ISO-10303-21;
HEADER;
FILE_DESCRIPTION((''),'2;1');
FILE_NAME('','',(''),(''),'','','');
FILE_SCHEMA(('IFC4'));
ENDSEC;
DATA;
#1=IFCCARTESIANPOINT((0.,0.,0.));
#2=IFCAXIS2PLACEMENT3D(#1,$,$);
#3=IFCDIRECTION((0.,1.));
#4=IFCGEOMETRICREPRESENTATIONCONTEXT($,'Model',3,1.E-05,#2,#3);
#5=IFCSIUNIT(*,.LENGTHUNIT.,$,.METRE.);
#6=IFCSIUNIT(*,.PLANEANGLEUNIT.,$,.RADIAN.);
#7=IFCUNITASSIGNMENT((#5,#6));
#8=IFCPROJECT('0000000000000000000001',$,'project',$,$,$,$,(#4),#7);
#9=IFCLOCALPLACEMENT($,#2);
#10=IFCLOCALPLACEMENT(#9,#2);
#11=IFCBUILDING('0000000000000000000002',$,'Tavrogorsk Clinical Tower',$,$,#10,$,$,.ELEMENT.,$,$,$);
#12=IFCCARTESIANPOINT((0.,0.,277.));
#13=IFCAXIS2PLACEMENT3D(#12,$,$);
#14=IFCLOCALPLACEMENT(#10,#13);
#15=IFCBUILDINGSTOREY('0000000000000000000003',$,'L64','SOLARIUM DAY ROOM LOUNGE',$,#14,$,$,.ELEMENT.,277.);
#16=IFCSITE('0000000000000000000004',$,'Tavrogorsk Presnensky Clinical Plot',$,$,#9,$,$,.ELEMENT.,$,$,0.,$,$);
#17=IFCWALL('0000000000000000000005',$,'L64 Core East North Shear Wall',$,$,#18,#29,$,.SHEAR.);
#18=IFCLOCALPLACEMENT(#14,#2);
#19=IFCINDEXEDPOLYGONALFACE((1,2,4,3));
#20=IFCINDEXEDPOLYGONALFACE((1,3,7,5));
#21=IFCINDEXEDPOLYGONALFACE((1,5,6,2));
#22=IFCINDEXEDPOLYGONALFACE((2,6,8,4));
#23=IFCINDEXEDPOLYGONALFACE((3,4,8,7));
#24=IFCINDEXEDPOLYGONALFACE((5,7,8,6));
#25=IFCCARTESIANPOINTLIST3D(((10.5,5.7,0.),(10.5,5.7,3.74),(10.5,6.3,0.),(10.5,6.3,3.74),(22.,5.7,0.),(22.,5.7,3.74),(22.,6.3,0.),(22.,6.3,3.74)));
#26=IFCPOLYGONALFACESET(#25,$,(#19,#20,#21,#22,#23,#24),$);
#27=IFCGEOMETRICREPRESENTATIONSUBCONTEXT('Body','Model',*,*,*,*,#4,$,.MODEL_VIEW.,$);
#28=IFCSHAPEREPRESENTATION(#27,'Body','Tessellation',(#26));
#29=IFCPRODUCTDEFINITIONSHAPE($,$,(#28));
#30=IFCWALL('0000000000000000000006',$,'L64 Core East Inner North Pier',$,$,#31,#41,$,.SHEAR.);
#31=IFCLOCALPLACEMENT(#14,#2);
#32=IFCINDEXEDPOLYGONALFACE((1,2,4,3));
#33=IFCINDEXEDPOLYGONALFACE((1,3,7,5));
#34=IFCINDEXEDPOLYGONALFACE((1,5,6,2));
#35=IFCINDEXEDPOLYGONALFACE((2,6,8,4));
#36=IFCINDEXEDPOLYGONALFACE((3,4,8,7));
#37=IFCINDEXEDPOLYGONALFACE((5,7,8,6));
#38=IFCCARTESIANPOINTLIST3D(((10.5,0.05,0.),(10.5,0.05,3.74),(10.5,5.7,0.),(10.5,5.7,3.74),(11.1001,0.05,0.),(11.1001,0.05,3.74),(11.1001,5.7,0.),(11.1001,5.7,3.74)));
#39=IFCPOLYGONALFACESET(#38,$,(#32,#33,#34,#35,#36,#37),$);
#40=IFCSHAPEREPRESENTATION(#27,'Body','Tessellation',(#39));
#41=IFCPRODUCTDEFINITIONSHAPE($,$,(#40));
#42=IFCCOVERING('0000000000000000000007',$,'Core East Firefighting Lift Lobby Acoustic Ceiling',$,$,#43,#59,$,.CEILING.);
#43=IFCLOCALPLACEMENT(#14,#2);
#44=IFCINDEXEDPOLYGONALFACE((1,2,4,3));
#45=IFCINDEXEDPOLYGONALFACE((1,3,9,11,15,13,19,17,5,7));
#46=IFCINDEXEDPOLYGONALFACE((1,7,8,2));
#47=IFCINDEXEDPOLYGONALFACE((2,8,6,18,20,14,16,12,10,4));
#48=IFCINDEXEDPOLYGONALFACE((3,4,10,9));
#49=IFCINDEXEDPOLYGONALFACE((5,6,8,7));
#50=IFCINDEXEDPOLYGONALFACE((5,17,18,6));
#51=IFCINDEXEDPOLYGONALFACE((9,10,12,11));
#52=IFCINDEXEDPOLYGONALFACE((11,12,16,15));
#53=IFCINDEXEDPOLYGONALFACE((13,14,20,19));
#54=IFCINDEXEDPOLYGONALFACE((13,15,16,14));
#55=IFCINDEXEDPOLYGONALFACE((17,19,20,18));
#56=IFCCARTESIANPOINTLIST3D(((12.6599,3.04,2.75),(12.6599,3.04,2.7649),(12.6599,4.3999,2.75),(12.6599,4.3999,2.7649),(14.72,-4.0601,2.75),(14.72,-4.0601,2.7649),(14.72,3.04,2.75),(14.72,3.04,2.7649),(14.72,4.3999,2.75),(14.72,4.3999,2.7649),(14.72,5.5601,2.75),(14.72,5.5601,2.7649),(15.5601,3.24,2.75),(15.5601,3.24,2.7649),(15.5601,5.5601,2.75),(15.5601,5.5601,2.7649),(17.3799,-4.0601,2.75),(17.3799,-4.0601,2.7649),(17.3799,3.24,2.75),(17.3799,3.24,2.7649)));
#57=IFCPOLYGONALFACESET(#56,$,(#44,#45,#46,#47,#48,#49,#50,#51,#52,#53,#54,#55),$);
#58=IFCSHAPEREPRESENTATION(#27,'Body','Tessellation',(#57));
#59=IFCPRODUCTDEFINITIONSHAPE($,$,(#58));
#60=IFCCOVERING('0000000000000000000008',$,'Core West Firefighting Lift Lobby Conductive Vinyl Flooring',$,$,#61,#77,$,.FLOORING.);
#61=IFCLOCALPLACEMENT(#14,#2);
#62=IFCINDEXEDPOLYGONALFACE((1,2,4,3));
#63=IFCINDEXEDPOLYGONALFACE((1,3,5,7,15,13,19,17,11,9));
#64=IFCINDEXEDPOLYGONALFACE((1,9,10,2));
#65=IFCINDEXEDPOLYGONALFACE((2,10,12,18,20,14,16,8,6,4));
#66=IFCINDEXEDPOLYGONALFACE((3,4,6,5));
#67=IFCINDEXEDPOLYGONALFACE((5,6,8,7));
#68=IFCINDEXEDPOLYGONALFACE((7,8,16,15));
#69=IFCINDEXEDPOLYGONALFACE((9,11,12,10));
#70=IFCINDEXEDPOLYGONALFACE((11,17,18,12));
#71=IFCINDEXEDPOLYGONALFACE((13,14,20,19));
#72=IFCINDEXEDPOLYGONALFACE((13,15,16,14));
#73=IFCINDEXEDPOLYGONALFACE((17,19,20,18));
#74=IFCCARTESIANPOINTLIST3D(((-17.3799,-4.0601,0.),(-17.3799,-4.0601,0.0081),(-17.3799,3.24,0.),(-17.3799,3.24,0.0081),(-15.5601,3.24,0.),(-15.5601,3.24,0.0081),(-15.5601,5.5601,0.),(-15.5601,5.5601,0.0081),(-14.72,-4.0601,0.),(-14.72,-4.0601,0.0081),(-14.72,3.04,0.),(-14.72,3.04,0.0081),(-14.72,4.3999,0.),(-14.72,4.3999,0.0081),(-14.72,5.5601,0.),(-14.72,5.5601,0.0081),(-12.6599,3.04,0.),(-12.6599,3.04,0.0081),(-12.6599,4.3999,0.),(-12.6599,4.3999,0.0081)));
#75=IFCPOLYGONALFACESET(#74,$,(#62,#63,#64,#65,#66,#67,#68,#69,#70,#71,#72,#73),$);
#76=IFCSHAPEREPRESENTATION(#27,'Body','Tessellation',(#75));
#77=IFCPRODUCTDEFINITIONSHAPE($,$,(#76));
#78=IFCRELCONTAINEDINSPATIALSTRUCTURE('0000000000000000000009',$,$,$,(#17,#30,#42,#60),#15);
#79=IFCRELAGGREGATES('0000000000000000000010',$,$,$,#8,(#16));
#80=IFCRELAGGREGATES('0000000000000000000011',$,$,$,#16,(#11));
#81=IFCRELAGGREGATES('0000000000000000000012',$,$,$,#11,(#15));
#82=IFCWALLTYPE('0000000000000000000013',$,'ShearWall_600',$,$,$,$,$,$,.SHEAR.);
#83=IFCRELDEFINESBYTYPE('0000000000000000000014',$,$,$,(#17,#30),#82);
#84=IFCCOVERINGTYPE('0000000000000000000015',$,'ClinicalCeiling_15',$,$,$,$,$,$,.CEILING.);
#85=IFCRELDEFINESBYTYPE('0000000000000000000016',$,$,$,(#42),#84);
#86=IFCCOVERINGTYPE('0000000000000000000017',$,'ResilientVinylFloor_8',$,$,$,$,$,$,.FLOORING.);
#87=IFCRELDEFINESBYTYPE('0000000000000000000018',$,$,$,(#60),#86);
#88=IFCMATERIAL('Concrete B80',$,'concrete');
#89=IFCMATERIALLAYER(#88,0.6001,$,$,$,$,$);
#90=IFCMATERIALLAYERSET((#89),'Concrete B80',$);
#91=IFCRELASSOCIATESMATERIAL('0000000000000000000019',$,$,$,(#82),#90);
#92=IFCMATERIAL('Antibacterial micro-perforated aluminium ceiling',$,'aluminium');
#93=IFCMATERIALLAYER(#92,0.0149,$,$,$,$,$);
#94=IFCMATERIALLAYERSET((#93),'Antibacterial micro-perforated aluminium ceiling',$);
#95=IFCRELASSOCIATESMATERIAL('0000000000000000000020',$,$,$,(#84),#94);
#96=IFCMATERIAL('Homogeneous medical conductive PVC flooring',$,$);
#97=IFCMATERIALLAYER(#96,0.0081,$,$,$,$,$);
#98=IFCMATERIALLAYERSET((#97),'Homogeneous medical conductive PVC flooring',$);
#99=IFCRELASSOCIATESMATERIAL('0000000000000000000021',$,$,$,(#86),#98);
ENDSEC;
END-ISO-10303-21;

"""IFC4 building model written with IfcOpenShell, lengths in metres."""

from ifc_helpers import new_model, si_unit, direction, frame, frame_2d, origin, place, context, subcontext, project, spatial, polyline, rectangle, outline, extrude, material, layer, layer_set, type_object, element, save


model = new_model("IFC4")

# Units and contexts
model_context = context("Model", 3, precision=1e-05, world=origin(), true_north=direction((0.0, 1.0)))
body_context = subcontext(model_context, "Body", "Model", "MODEL_VIEW")
ifc_project = project(units=[si_unit("LENGTHUNIT", "METRE"), si_unit("PLANEANGLEUNIT", "RADIAN")], contexts=[model_context])

# Site, building, storey
site_placement = place(None, origin())
site = spatial("IfcSite", under=ifc_project, at=site_placement, Name="Tavrogorsk Presnensky Clinical Plot", CompositionType="ELEMENT", RefElevation=0.0)
building_placement = place(site_placement, origin())
building = spatial("IfcBuilding", under=site, at=building_placement, Name="Tavrogorsk Clinical Tower", CompositionType="ELEMENT")
storey_placement = place(building_placement, frame((0.0, 0.0, 277.0)))
storey = spatial("IfcBuildingStorey", under=building, at=storey_placement, Name="L64", Description="SOLARIUM DAY ROOM LOUNGE", CompositionType="ELEMENT", Elevation=277.0)

# Walls
ifc_material_1 = material(Name="Concrete B80", Category="concrete")
ifc_layer_1 = layer(ifc_material_1, 0.6001)
ifc_layer_set_1 = layer_set([ifc_layer_1], Name="Concrete B80")
wall_type_1 = type_object("IfcWallType", Name="ShearWall_600", PredefinedType="SHEAR", material=ifc_layer_set_1)
wall_1_placement = place(storey_placement, frame((10.5, 6.0, 0.0), z_axis=(0.0, 0.0, 1.0), x_axis=(1.0, 0.0, 0.0)))
element("IfcWall", 1, at=wall_1_placement, inside=storey, type_object=wall_type_1, Name="L64 Core East North Shear Wall", PredefinedType="SHEAR", context=body_context, shape_type="SweptSolid", body=[
    extrude(rectangle(XDim=11.5, YDim=0.6001, at=frame_2d((5.75, 0.0))), origin(), (0.0, 0.0, 1.0), 3.74),
])
wall_2_placement = place(storey_placement, frame((10.8, 0.05, 0.0), z_axis=(0.0, 0.0, 1.0), x_axis=(0.0, 1.0, 0.0)))
element("IfcWall", 2, at=wall_2_placement, inside=storey, type_object=wall_type_1, Name="L64 Core East Inner North Pier", PredefinedType="SHEAR", context=body_context, shape_type="SweptSolid", body=[
    extrude(rectangle(XDim=5.6499, YDim=0.6001, at=frame_2d((2.825, 0.0))), origin(), (0.0, 0.0, 1.0), 3.74),
])

# Coverings
ifc_material_2 = material(Name="Antibacterial micro-perforated aluminium ceiling", Category="aluminium")
ifc_layer_2 = layer(ifc_material_2, 0.0149)
ifc_layer_set_2 = layer_set([ifc_layer_2], Name="Antibacterial micro-perforated aluminium ceiling")
covering_type_1 = type_object("IfcCoveringType", Name="ClinicalCeiling_15", PredefinedType="CEILING", material=ifc_layer_set_2)
covering_1_placement = place(storey_placement, frame((0.0, 0.0, 2.75)))
element("IfcCovering", 3, at=covering_1_placement, inside=storey, type_object=covering_type_1, Name="Core East Firefighting Lift Lobby Acoustic Ceiling", PredefinedType="CEILING", context=body_context, shape_type="SweptSolid", body=[
    extrude(outline(polyline([(14.72, 3.04), (12.6599, 3.04), (12.6599, 4.3999), (14.72, 4.3999), (14.72, 5.5601), (15.5601, 5.5601), (15.5601, 3.24), (17.3799, 3.24), (17.3799, -4.0601), (14.72, -4.0601), (14.72, 3.04)])), origin(), (0.0, 0.0, 1.0), 0.0149),
])
ifc_material_3 = material(Name="Homogeneous medical conductive PVC flooring")
ifc_layer_3 = layer(ifc_material_3, 0.0081)
ifc_layer_set_3 = layer_set([ifc_layer_3], Name="Homogeneous medical conductive PVC flooring")
covering_type_2 = type_object("IfcCoveringType", Name="ResilientVinylFloor_8", PredefinedType="FLOORING", material=ifc_layer_set_3)
covering_2_placement = place(storey_placement, origin())
element("IfcCovering", 4, at=covering_2_placement, inside=storey, type_object=covering_type_2, Name="Core West Firefighting Lift Lobby Conductive Vinyl Flooring", PredefinedType="FLOORING", context=body_context, shape_type="SweptSolid", body=[
    extrude(outline(polyline([(-17.3799, -4.0601), (-17.3799, 3.24), (-15.5601, 3.24), (-15.5601, 5.5601), (-14.72, 5.5601), (-14.72, 4.3999), (-12.6599, 4.3999), (-12.6599, 3.04), (-14.72, 3.04), (-14.72, -4.0601), (-17.3799, -4.0601)])), origin(), (0.0, 0.0, 1.0), 0.0081),
])

save(model, "model.ifc")
